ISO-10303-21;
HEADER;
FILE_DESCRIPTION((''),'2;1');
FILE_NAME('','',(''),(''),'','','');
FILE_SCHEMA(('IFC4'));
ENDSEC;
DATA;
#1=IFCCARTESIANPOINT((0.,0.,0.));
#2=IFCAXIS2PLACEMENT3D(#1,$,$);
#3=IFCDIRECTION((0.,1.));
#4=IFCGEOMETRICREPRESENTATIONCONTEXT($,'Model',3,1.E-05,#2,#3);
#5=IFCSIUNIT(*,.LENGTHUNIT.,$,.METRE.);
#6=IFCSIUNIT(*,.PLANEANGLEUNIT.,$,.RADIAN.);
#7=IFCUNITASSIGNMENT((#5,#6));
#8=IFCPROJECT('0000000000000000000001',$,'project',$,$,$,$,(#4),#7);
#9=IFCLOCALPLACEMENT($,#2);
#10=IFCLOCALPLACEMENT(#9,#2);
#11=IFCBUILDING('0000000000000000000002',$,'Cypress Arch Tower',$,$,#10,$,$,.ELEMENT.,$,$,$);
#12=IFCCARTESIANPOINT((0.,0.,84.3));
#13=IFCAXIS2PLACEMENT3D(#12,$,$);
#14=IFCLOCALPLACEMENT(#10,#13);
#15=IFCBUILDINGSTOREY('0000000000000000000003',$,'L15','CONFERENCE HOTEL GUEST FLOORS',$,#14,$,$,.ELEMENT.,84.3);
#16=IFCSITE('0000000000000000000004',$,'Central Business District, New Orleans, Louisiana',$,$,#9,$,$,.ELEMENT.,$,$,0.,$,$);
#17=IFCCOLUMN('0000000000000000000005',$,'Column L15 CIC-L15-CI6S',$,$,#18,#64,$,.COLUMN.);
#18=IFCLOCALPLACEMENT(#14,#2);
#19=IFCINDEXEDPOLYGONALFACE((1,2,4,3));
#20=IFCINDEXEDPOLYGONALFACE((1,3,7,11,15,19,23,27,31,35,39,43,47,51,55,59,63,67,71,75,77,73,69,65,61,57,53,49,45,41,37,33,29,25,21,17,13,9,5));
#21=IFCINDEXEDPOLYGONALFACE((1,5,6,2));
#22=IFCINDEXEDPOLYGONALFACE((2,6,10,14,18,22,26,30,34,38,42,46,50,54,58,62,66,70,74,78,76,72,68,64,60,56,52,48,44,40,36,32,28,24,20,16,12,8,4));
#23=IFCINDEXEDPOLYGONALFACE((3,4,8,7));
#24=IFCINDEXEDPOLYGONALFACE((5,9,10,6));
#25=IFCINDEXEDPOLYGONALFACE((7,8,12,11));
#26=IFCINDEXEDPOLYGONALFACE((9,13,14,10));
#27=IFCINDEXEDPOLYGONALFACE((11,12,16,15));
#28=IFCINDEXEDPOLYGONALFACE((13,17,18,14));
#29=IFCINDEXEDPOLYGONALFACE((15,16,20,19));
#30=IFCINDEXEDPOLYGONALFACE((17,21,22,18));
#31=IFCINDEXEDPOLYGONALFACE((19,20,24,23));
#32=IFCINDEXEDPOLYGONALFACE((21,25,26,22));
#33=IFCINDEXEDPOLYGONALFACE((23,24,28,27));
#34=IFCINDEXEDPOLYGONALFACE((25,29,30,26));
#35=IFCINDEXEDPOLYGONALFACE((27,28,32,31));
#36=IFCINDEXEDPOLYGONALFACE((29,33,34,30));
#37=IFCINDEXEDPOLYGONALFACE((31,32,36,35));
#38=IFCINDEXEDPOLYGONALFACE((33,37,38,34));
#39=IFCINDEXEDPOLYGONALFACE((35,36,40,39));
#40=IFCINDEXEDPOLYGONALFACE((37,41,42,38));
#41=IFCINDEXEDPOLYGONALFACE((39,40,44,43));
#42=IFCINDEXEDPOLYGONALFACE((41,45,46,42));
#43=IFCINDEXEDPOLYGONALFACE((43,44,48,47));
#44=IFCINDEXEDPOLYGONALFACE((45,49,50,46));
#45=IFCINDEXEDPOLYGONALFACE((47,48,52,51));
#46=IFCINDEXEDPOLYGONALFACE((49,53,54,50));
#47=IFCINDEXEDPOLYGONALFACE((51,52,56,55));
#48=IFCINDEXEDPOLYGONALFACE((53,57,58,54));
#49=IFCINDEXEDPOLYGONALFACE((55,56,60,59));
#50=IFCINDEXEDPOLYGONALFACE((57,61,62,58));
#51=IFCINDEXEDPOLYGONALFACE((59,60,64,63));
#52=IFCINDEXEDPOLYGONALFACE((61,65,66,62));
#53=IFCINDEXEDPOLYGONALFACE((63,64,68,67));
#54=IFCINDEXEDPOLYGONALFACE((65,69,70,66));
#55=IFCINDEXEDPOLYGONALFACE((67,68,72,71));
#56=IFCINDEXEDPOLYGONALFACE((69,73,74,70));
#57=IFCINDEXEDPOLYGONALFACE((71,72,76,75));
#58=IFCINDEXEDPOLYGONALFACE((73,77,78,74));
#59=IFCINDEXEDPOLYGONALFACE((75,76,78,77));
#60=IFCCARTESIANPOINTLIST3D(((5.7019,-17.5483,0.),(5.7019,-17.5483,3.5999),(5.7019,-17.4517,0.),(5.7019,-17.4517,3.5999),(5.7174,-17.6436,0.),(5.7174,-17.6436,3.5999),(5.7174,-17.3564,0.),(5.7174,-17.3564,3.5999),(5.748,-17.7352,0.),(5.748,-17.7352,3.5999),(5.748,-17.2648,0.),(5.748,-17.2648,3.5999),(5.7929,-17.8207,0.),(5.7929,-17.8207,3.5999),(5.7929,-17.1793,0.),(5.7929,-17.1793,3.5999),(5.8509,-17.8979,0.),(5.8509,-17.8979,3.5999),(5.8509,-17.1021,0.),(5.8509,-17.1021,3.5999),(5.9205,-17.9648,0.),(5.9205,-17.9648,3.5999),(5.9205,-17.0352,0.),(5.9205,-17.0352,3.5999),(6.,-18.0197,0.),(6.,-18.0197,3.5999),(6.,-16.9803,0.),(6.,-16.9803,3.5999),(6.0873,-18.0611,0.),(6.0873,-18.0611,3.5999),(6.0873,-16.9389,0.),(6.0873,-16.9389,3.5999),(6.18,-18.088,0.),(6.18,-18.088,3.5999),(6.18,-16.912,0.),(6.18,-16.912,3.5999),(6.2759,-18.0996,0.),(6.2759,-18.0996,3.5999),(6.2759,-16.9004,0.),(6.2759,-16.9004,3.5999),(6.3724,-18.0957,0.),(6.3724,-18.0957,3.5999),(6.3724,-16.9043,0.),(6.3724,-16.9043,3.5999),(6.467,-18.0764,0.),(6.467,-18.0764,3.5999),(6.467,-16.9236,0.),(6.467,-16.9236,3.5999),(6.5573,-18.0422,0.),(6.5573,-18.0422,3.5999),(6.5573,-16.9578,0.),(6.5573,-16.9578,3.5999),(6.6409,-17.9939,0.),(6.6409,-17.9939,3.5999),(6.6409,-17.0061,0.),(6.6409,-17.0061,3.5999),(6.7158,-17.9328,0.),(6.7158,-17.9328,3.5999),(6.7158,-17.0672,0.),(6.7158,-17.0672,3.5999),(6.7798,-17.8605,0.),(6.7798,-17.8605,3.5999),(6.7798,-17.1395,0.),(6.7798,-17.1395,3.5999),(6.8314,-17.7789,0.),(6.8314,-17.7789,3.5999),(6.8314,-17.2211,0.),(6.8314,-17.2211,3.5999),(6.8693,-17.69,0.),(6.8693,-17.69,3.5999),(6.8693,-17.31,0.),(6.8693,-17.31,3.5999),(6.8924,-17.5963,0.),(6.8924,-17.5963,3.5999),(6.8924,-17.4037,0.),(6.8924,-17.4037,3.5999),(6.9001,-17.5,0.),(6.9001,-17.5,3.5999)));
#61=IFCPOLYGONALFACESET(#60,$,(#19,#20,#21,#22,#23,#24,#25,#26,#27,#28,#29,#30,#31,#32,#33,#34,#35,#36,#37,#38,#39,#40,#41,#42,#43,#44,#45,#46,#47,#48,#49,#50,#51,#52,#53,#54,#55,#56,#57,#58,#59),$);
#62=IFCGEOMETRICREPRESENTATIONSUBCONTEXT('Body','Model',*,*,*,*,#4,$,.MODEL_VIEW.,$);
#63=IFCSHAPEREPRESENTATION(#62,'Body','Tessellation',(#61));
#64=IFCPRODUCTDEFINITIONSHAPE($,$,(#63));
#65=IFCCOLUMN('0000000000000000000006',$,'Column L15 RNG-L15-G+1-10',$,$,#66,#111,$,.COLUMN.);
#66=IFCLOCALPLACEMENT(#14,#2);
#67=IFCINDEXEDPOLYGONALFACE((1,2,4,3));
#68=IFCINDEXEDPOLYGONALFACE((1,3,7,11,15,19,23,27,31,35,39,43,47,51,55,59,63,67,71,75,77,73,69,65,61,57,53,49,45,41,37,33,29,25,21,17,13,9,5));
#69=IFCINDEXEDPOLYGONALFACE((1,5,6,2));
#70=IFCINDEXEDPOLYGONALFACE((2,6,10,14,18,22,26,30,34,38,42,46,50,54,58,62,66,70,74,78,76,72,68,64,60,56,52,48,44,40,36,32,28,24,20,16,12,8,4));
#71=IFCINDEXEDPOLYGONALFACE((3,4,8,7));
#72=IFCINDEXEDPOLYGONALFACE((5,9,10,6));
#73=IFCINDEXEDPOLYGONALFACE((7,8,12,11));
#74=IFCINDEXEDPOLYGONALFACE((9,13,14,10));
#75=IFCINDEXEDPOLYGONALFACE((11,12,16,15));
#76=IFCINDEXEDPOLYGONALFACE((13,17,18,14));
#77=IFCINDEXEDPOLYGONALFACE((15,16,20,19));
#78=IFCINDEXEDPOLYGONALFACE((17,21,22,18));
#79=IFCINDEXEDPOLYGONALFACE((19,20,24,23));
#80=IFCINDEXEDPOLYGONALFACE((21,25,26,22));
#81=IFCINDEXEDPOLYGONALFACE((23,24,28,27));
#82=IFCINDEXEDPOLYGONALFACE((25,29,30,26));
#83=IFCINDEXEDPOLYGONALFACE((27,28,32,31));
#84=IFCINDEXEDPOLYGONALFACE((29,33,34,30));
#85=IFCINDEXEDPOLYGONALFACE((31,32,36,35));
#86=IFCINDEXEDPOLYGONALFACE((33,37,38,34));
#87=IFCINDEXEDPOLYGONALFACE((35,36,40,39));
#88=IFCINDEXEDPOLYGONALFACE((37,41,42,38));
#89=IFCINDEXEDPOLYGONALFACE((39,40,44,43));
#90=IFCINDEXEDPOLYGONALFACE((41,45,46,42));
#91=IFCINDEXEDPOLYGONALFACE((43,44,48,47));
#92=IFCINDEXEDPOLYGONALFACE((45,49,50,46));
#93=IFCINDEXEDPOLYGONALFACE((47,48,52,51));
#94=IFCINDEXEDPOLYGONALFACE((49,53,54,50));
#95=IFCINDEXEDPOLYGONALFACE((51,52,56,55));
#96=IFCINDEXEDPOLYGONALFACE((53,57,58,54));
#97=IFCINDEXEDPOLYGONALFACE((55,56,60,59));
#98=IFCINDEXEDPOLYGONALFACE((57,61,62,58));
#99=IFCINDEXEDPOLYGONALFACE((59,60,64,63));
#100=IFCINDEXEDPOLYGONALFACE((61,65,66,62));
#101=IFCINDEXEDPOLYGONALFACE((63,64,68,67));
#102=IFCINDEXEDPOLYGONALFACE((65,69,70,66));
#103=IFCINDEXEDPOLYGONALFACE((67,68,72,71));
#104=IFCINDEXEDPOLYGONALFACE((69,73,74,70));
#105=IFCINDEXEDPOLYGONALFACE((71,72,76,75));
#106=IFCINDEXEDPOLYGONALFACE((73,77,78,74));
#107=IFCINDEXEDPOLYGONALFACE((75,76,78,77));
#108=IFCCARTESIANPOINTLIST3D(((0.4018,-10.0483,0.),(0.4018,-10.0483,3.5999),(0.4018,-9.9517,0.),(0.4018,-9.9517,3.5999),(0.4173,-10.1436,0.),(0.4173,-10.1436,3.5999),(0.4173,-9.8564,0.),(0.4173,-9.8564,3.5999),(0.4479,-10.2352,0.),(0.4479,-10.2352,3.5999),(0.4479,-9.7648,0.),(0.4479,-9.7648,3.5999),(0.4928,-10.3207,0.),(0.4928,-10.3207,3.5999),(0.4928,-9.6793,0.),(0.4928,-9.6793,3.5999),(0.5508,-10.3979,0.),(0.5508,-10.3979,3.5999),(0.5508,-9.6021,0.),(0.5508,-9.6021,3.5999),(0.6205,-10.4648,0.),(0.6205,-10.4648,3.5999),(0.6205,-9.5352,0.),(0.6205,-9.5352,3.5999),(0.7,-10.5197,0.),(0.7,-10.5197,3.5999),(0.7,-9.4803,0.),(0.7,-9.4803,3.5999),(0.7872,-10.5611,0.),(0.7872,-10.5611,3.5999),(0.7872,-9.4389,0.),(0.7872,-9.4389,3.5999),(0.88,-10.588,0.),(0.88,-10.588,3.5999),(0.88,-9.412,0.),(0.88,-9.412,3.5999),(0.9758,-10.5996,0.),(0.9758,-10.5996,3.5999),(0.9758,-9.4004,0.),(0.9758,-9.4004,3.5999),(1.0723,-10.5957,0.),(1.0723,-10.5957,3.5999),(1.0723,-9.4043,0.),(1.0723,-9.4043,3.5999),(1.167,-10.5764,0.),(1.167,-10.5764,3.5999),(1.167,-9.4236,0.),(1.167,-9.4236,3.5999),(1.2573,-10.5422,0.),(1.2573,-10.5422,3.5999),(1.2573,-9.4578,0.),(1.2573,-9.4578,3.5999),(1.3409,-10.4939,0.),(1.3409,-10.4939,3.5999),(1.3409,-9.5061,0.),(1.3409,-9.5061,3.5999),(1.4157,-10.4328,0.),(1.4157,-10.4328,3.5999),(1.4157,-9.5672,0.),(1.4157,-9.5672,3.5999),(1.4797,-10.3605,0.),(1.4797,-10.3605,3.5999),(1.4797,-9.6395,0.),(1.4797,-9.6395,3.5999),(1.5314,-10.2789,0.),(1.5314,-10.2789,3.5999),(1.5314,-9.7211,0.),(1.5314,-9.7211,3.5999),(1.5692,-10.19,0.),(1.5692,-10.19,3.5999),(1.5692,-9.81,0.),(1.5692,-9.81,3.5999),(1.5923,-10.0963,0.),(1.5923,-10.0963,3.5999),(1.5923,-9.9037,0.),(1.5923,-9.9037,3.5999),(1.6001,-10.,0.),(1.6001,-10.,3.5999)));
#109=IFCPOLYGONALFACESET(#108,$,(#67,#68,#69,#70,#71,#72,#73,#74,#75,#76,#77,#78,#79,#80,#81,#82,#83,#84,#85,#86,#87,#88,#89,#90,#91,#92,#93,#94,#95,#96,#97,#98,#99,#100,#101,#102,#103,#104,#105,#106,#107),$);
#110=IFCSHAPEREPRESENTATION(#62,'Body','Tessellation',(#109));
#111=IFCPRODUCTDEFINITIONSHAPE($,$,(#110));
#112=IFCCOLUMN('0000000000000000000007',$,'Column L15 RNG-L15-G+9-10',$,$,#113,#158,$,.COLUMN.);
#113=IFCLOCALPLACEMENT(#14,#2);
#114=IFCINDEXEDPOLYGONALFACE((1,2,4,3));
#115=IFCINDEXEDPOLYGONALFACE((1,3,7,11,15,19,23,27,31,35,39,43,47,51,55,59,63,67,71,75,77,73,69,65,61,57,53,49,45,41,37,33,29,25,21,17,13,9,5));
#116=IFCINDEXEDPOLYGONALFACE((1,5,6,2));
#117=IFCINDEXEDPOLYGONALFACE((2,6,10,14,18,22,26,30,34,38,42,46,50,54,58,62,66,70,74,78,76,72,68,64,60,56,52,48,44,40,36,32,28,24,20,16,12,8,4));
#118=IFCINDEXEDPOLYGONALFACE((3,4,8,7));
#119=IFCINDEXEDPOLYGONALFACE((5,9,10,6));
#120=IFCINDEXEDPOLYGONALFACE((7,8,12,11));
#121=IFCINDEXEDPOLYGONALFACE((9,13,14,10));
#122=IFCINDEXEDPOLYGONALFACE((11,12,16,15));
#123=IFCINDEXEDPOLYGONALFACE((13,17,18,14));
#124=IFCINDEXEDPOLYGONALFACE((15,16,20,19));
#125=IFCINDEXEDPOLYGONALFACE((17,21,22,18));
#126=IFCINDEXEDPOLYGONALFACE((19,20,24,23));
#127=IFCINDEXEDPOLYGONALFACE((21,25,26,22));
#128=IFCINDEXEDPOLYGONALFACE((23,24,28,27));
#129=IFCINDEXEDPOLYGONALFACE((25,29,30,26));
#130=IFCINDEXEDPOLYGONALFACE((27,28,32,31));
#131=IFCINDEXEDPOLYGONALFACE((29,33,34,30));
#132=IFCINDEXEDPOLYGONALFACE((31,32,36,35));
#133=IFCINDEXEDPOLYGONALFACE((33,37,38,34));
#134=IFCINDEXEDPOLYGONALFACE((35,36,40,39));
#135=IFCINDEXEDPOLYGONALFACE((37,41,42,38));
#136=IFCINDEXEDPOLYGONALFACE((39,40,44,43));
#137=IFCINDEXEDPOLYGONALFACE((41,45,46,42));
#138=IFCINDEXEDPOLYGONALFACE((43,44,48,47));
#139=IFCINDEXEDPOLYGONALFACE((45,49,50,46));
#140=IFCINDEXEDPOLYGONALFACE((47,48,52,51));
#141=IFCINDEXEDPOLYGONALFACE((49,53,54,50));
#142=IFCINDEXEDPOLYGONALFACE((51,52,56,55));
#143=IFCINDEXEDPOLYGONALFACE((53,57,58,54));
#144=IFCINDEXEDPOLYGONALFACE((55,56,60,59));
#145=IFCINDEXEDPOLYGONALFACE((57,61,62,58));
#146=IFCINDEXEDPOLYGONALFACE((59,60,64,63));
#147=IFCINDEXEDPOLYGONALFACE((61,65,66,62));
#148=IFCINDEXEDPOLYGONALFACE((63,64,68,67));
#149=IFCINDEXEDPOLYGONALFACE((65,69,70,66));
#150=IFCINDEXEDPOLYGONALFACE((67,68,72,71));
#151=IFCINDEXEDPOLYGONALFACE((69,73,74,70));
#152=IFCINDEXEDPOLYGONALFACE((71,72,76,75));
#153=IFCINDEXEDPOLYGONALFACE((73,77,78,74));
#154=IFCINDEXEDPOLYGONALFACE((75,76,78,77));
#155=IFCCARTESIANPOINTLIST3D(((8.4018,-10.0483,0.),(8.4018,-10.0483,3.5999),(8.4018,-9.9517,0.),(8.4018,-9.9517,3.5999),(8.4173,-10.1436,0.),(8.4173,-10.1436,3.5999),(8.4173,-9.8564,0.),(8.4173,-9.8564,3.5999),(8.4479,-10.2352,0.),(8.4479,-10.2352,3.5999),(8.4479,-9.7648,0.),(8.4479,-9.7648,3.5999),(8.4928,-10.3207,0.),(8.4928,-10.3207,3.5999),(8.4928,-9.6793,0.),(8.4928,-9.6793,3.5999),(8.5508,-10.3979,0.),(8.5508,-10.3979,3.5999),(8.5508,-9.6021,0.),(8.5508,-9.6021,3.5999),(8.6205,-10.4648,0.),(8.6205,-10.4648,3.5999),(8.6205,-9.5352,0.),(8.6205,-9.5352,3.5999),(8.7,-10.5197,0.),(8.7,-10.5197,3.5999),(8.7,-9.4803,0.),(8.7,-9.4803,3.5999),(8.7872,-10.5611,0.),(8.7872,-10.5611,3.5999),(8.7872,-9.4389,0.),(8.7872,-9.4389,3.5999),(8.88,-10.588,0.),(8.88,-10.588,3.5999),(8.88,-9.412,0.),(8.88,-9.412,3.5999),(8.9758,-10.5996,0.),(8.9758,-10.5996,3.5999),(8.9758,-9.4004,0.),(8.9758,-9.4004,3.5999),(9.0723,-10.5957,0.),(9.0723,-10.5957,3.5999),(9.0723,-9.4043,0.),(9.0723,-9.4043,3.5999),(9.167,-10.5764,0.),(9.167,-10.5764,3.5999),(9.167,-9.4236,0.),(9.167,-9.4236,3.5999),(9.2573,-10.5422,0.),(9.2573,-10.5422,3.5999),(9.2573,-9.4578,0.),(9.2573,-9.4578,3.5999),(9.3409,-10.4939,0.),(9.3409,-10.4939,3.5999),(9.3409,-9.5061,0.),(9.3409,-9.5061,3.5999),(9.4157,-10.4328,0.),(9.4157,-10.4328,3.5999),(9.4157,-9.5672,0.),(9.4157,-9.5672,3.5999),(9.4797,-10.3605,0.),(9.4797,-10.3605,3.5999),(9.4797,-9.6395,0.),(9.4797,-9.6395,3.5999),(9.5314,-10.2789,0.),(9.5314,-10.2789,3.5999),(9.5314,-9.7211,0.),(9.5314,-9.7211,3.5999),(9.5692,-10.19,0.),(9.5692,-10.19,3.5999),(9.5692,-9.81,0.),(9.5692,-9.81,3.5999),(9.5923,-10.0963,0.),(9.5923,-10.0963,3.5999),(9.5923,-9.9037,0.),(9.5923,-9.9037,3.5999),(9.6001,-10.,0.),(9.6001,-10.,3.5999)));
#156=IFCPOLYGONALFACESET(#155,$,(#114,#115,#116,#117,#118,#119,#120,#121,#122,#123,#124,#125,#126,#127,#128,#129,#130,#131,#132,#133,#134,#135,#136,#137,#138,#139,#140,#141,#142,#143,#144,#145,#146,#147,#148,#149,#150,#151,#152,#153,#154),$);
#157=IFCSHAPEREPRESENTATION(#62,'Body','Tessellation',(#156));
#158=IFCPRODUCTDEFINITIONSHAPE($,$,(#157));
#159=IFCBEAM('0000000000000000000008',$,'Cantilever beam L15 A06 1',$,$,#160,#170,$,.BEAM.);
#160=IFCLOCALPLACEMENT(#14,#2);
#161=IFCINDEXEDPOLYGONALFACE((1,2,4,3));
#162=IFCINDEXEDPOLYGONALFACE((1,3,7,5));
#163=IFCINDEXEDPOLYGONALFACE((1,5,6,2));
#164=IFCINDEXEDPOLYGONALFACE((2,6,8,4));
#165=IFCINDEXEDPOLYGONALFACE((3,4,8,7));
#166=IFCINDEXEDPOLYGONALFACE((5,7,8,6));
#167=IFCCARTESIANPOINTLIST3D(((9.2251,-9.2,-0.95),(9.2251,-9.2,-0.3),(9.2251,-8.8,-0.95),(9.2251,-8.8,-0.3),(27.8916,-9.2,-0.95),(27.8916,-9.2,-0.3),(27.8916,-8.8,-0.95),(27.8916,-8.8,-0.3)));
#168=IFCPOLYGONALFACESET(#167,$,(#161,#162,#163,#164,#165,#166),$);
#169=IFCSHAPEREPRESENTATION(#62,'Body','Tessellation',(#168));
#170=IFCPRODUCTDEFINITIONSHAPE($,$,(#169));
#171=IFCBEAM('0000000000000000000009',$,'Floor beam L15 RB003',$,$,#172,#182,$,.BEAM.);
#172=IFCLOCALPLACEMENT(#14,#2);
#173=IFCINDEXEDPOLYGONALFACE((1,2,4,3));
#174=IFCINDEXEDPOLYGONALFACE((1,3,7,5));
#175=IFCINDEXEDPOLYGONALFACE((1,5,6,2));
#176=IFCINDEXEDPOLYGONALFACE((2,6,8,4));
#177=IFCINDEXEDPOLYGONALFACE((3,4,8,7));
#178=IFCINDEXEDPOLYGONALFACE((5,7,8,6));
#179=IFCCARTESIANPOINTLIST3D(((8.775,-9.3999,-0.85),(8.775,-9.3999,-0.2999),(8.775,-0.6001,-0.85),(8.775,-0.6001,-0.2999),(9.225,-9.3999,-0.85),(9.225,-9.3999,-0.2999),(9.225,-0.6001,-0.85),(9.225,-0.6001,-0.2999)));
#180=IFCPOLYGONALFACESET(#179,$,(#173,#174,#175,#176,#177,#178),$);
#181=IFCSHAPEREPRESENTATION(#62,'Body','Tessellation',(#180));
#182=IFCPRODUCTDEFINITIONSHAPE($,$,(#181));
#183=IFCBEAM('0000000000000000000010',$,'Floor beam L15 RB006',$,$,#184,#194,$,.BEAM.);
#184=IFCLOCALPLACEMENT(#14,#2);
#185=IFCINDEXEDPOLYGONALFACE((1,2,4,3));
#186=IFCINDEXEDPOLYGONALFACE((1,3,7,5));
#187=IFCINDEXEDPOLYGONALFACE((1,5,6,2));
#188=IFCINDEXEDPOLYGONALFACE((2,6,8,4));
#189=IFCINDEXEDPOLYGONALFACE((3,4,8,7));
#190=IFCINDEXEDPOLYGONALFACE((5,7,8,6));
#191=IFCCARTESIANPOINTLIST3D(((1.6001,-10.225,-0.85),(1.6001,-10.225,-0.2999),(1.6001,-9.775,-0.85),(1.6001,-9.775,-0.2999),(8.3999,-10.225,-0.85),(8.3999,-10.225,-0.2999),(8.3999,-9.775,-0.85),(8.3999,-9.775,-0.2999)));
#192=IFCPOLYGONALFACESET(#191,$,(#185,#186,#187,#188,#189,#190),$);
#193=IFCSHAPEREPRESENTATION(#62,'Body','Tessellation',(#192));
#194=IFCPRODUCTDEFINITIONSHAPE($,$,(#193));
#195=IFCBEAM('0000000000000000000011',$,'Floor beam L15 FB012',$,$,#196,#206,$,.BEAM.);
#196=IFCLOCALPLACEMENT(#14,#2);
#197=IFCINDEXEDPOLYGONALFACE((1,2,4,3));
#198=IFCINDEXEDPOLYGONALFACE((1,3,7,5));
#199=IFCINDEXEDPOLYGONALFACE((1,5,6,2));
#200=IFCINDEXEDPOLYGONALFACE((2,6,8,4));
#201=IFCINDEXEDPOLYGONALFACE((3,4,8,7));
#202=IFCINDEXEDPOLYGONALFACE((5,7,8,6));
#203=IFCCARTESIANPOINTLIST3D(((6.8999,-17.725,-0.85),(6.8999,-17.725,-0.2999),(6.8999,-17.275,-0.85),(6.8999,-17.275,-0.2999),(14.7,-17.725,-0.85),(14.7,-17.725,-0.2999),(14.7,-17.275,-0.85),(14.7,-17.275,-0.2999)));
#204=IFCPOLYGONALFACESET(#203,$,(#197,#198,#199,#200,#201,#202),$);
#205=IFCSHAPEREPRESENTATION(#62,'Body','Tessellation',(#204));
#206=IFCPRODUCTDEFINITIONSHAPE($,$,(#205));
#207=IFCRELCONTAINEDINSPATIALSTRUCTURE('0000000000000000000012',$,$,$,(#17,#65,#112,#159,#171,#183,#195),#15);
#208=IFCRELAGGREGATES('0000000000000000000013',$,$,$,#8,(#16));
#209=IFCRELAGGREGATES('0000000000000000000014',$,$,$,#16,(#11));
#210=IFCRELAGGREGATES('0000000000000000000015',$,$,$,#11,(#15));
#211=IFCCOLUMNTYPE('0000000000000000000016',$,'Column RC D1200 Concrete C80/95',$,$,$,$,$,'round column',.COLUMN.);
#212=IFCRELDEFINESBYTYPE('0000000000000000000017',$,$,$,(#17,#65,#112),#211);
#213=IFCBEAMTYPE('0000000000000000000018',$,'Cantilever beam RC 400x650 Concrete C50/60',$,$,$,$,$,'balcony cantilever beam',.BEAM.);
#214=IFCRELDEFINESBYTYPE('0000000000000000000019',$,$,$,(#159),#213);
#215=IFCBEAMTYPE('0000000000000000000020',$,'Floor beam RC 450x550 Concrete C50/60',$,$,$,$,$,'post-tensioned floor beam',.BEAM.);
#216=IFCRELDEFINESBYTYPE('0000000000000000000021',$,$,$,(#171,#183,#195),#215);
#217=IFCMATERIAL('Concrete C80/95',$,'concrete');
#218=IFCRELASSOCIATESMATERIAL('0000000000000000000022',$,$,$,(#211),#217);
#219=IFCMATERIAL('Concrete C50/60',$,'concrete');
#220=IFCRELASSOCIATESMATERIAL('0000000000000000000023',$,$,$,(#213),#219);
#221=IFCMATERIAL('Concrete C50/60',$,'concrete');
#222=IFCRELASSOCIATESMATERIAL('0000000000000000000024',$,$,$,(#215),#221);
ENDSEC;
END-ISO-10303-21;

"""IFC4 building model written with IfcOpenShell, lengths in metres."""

from ifc_helpers import new_model, si_unit, direction, frame, origin, origin_2d, place, context, subcontext, project, spatial, rectangle, circle, extrude, material, material_profile, profile_set, type_object, element, save


model = new_model("IFC4")

# Units and contexts
model_context = context("Model", 3, precision=1e-05, world=origin(), true_north=direction((0.0, 1.0)))
body_context = subcontext(model_context, "Body", "Model", "MODEL_VIEW")
ifc_project = project(units=[si_unit("LENGTHUNIT", "METRE"), si_unit("PLANEANGLEUNIT", "RADIAN")], contexts=[model_context])

# Site, building, storey
site_placement = place(None, origin())
site = spatial("IfcSite", under=ifc_project, at=site_placement, Name="Central Business District, New Orleans, Louisiana", CompositionType="ELEMENT", RefElevation=0.0)
building_placement = place(site_placement, origin())
building = spatial("IfcBuilding", under=site, at=building_placement, Name="Cypress Arch Tower", CompositionType="ELEMENT")
storey_placement = place(building_placement, frame((0.0, 0.0, 84.3)))
storey = spatial("IfcBuildingStorey", under=building, at=storey_placement, Name="L15", Description="CONFERENCE HOTEL GUEST FLOORS", CompositionType="ELEMENT", Elevation=84.3)

# Columns
ifc_material_1 = material(Name="Concrete C80/95", Category="concrete")
ifc_material_profile_1 = material_profile(ifc_material_1, circle(Radius=0.6001, at=origin_2d()), Name="RC D1200")
ifc_profile_set_1 = profile_set([ifc_material_profile_1], Name="Concrete C80/95")
column_type = type_object("IfcColumnType", Name="Column RC D1200 Concrete C80/95", ElementType="round column", PredefinedType="COLUMN", material=ifc_profile_set_1)
for number, where, z_axis, x_axis, name in (
    (1, (6.3, -17.5, 0.0), (0.0, 0.0, 1.0), (1.0, 0.0, 0.0), "Column L15 CIC-L15-CI6S"),
    (2, (1.0, -10.0, 0.0), (0.0, 0.0, 1.0), (1.0, 0.0, 0.0), "Column L15 RNG-L15-G+1-10"),
    (3, (9.0, -10.0, 0.0), (0.0, 0.0, 1.0), (1.0, 0.0, 0.0), "Column L15 RNG-L15-G+9-10"),
):
    element("IfcColumn", number, at=place(storey_placement, frame(where, z_axis=z_axis, x_axis=x_axis)), inside=storey, type_object=column_type, Name=name, PredefinedType="COLUMN", context=body_context, shape_type="SweptSolid", body=[
        extrude(circle(Radius=0.6001, at=origin_2d()), origin(), (0.0, 0.0, 1.0), 3.5999),
    ])

# Beams
ifc_material_2 = material(Name="Concrete C50/60", Category="concrete")
ifc_material_profile_2 = material_profile(ifc_material_2, rectangle(XDim=0.3999, YDim=0.6499, at=origin_2d()), Name="RC 400x650")
ifc_profile_set_2 = profile_set([ifc_material_profile_2], Name="Concrete C50/60")
beam_type_1 = type_object("IfcBeamType", Name="Cantilever beam RC 400x650 Concrete C50/60", ElementType="balcony cantilever beam", PredefinedType="BEAM", material=ifc_profile_set_2)
beam_1_placement = place(storey_placement, frame((9.2251, -9.0, -0.625), z_axis=(1.0, 0.0, 0.0), x_axis=(0.0, 1.0, 0.0)))
element("IfcBeam", 4, at=beam_1_placement, inside=storey, type_object=beam_type_1, Name="Cantilever beam L15 A06 1", PredefinedType="BEAM", context=body_context, shape_type="SweptSolid", body=[
    extrude(rectangle(XDim=0.3999, YDim=0.6499, at=origin_2d()), origin(), (0.0, 0.0, 1.0), 18.6665),
])
ifc_material_3 = material(Name="Concrete C50/60", Category="concrete")
ifc_material_profile_3 = material_profile(ifc_material_3, rectangle(XDim=0.45, YDim=0.55, at=origin_2d()), Name="RC 450x550")
ifc_profile_set_3 = profile_set([ifc_material_profile_3], Name="Concrete C50/60")
beam_type_2 = type_object("IfcBeamType", Name="Floor beam RC 450x550 Concrete C50/60", ElementType="post-tensioned floor beam", PredefinedType="BEAM", material=ifc_profile_set_3)
beam_2_placement = place(storey_placement, frame((9.0, -9.3999, -0.575), z_axis=(0.0, 1.0, 0.0), x_axis=(-1.0, 0.0, 0.0)))
element("IfcBeam", 5, at=beam_2_placement, inside=storey, type_object=beam_type_2, Name="Floor beam L15 RB003", PredefinedType="BEAM", context=body_context, shape_type="SweptSolid", body=[
    extrude(rectangle(XDim=0.45, YDim=0.55, at=origin_2d()), origin(), (0.0, 0.0, 1.0), 8.7998),
])
beam_3_placement = place(storey_placement, frame((1.6001, -10.0, -0.575), z_axis=(1.0, 0.0, 0.0), x_axis=(0.0, 1.0, 0.0)))
element("IfcBeam", 6, at=beam_3_placement, inside=storey, type_object=beam_type_2, Name="Floor beam L15 RB006", PredefinedType="BEAM", context=body_context, shape_type="SweptSolid", body=[
    extrude(rectangle(XDim=0.45, YDim=0.55, at=origin_2d()), origin(), (0.0, 0.0, 1.0), 6.7998),
])
beam_4_placement = place(storey_placement, frame((6.8999, -17.5, -0.575), z_axis=(1.0, 0.0, 0.0), x_axis=(0.0, 1.0, 0.0)))
element("IfcBeam", 7, at=beam_4_placement, inside=storey, type_object=beam_type_2, Name="Floor beam L15 FB012", PredefinedType="BEAM", context=body_context, shape_type="SweptSolid", body=[
    extrude(rectangle(XDim=0.45, YDim=0.55, at=origin_2d()), origin(), (0.0, 0.0, 1.0), 7.8),
])

save(model, "model.ifc")
